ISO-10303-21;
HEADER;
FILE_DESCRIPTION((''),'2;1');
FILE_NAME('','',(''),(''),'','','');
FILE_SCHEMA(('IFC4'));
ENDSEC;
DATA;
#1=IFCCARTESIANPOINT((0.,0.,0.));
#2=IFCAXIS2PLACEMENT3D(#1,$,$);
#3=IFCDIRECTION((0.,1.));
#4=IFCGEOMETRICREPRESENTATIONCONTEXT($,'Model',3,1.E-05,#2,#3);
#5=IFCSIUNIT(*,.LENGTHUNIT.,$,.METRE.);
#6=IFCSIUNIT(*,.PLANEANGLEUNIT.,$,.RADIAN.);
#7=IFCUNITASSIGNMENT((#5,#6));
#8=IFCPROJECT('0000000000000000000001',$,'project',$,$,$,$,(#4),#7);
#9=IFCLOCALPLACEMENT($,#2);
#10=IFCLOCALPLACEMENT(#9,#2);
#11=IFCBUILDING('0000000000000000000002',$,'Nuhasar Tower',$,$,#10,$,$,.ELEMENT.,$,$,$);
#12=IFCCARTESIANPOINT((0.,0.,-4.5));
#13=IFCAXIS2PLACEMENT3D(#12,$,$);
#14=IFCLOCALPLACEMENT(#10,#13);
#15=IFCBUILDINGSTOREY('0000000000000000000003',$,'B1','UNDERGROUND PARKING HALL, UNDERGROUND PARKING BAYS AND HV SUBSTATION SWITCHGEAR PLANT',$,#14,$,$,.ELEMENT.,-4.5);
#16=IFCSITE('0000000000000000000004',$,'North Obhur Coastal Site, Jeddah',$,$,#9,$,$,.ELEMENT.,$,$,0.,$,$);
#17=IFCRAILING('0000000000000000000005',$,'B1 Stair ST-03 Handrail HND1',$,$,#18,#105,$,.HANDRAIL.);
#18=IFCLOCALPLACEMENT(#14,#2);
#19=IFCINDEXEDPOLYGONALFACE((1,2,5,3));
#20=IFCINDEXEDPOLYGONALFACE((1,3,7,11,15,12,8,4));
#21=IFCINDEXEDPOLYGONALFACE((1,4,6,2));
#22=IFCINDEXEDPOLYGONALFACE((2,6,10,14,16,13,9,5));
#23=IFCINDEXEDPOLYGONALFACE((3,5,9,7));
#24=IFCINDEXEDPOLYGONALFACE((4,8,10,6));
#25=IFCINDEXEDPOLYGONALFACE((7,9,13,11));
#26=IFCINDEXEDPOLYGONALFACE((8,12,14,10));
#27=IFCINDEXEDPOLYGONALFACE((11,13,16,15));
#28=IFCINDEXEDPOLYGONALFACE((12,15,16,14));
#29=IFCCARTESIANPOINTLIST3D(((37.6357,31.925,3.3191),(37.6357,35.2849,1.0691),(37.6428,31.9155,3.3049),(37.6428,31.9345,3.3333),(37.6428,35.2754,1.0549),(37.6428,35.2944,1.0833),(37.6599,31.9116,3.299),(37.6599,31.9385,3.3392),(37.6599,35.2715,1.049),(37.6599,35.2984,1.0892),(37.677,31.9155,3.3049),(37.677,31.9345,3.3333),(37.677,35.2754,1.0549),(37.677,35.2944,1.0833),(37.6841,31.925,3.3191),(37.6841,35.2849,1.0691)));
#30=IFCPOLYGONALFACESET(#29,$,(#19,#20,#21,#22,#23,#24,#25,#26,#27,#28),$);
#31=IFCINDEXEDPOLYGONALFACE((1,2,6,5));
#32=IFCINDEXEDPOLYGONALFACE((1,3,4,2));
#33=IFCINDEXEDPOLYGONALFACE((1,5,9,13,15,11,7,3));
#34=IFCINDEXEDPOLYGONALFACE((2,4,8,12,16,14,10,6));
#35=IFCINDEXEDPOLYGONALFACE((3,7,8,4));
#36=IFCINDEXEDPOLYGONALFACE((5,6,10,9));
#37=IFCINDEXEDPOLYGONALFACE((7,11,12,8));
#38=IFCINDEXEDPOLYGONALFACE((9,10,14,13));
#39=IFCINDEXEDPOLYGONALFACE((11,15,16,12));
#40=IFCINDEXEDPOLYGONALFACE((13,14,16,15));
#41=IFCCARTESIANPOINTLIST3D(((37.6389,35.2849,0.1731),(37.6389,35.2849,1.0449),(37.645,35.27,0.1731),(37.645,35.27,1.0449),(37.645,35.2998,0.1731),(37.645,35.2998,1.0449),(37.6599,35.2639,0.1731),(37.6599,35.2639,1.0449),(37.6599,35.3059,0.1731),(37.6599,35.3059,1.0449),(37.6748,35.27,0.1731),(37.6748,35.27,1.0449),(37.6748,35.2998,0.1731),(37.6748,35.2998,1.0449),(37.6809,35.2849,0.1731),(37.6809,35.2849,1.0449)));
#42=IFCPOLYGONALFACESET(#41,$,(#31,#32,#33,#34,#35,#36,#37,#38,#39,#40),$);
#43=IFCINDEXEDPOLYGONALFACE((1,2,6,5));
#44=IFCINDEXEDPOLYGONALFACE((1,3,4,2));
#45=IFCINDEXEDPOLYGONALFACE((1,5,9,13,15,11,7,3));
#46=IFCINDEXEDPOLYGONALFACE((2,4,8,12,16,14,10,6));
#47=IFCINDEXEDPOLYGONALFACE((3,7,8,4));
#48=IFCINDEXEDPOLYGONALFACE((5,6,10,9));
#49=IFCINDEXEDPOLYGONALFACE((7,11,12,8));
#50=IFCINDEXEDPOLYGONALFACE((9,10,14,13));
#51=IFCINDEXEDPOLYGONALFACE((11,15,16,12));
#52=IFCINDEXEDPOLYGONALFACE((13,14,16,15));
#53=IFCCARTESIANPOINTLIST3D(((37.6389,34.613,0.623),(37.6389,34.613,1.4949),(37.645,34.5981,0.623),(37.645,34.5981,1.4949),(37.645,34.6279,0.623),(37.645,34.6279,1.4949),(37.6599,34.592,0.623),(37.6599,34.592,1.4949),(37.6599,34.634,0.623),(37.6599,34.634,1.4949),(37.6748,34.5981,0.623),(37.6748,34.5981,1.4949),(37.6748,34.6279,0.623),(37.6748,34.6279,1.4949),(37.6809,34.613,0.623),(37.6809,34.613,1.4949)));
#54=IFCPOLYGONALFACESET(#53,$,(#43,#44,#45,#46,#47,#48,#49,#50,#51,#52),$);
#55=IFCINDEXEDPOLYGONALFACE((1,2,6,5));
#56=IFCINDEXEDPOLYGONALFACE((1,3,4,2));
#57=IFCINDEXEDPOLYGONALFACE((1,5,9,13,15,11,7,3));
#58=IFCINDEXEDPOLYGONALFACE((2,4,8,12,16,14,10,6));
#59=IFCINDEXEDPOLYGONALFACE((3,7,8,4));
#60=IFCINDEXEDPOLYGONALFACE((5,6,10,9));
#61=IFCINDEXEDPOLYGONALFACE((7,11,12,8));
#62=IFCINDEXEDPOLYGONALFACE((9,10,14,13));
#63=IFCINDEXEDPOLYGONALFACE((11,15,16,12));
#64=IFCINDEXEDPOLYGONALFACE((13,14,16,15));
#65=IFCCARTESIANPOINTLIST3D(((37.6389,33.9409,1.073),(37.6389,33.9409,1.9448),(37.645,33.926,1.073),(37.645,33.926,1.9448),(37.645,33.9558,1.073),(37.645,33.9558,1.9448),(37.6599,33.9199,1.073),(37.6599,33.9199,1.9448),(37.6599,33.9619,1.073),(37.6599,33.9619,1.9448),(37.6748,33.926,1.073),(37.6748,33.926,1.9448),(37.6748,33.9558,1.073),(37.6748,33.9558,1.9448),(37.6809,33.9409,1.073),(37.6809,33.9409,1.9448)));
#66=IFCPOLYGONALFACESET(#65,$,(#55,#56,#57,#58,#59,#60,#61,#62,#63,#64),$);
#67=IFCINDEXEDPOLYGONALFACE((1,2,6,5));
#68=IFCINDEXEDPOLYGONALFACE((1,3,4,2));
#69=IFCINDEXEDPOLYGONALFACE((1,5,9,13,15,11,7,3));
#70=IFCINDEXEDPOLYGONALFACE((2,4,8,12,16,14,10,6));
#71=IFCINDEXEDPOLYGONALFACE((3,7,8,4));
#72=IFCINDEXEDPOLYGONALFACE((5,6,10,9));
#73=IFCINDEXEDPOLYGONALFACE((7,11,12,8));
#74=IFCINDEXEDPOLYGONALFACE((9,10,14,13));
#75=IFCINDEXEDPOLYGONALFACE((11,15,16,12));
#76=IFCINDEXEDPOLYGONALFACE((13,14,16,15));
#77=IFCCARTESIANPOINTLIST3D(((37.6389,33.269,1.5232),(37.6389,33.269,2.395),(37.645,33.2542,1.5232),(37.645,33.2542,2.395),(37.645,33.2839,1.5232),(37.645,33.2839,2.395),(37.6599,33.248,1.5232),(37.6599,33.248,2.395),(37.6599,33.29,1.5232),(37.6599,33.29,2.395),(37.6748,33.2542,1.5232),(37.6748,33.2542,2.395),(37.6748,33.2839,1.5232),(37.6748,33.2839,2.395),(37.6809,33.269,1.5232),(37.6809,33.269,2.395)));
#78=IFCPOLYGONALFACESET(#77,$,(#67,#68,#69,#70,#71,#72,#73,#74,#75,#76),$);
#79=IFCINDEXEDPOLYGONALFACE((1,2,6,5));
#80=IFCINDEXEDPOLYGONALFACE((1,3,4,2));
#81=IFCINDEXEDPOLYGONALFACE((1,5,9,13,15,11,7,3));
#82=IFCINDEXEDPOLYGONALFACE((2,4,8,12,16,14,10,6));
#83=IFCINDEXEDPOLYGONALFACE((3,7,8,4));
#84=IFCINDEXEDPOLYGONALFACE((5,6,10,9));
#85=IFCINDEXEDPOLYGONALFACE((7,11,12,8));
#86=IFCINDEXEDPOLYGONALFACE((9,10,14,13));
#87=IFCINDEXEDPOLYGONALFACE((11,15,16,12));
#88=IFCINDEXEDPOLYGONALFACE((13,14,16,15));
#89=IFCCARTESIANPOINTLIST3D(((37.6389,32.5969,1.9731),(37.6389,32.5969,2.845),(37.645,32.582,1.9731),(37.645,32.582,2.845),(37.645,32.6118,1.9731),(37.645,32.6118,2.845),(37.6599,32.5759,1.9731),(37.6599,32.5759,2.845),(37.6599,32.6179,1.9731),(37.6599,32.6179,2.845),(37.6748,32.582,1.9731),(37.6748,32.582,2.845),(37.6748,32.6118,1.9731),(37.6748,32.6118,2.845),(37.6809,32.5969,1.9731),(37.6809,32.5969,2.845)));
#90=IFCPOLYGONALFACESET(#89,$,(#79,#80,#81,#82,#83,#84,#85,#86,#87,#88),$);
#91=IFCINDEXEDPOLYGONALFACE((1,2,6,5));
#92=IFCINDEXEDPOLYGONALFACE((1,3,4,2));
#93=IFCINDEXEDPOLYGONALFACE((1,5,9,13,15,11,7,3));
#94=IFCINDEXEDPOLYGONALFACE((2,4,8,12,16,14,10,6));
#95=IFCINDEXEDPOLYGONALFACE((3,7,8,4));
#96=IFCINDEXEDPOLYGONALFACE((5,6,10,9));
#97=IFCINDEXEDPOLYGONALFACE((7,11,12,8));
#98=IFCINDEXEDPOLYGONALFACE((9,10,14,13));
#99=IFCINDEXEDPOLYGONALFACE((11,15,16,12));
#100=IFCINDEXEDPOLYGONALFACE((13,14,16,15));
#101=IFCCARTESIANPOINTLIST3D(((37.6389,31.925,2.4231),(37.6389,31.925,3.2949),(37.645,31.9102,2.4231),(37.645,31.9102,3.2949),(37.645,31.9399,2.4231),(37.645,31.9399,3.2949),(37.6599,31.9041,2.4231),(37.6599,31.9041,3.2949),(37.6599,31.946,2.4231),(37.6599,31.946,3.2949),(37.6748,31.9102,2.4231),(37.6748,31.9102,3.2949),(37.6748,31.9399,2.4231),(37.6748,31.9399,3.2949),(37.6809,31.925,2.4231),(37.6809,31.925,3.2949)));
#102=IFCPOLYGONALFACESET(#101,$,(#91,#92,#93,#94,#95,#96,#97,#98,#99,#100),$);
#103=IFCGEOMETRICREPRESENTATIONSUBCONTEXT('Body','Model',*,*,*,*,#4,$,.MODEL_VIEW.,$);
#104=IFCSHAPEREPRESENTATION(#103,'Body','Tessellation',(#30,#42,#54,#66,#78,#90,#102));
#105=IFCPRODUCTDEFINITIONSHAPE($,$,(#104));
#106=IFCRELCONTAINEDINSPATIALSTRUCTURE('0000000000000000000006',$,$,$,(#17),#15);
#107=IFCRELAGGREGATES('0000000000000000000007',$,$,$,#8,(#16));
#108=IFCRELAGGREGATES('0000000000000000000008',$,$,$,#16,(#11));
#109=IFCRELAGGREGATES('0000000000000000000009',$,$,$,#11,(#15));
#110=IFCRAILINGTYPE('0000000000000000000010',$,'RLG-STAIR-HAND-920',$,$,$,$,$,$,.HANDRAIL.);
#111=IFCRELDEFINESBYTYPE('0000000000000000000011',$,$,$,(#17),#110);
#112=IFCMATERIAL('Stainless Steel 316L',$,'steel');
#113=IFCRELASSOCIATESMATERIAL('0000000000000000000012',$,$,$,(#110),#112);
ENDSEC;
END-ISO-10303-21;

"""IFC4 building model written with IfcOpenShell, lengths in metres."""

from ifc_helpers import new_model, si_unit, direction, frame, origin, place, context, subcontext, project, spatial, polyline, outline, extrude, material, type_object, element, save


model = new_model("IFC4")

# Units and contexts
model_context = context("Model", 3, precision=1e-05, world=origin(), true_north=direction((0.0, 1.0)))
body_context = subcontext(model_context, "Body", "Model", "MODEL_VIEW")
ifc_project = project(units=[si_unit("LENGTHUNIT", "METRE"), si_unit("PLANEANGLEUNIT", "RADIAN")], contexts=[model_context])

# Site, building, storey
site_placement = place(None, origin())
site = spatial("IfcSite", under=ifc_project, at=site_placement, Name="North Obhur Coastal Site, Jeddah", CompositionType="ELEMENT", RefElevation=0.0)
building_placement = place(site_placement, origin())
building = spatial("IfcBuilding", under=site, at=building_placement, Name="Nuhasar Tower", CompositionType="ELEMENT")
storey_placement = place(building_placement, frame((0.0, 0.0, -4.5)))
storey = spatial("IfcBuildingStorey", under=building, at=storey_placement, Name="B1", Description="UNDERGROUND PARKING HALL, UNDERGROUND PARKING BAYS AND HV SUBSTATION SWITCHGEAR PLANT", CompositionType="ELEMENT", Elevation=-4.5)

# Railing
ifc_material_1 = material(Name="Stainless Steel 316L", Category="steel")
railing_type_1 = type_object("IfcRailingType", Name="RLG-STAIR-HAND-920", PredefinedType="HANDRAIL", material=ifc_material_1)
railing_1_placement = place(storey_placement, frame((37.6599, 35.2849, 0.1731)))
element("IfcRailing", 1, at=railing_1_placement, inside=storey, type_object=railing_type_1, Name="B1 Stair ST-03 Handrail HND1", PredefinedType="HANDRAIL", context=body_context, shape_type="SweptSolid", body=[
    extrude(outline(polyline([(0.0242, 0.0), (0.0171, 0.0171), (0.0, 0.0242), (-0.0171, 0.0171), (-0.0242, 0.0), (-0.0171, -0.0171), (0.0, -0.0242), (0.0171, -0.0171), (0.0242, 0.0)])), frame((0.0, 0.0, 0.896), z_axis=(0.0, -0.830897, 0.556427), x_axis=(1.0, 0.0, 0.0)), (0.0, 0.0, 1.0), 4.0437),
    extrude(outline(polyline([(0.021, 0.0), (0.0149, 0.0149), (0.0, 0.021), (-0.0149, 0.0149), (-0.021, 0.0), (-0.0149, -0.0149), (0.0, -0.021), (0.0149, -0.0149), (0.021, 0.0)])), origin(), (0.0, 0.0, 1.0), 0.8718),
    extrude(outline(polyline([(0.021, 0.0), (0.0149, 0.0149), (0.0, 0.021), (-0.0149, 0.0149), (-0.021, 0.0), (-0.0149, -0.0149), (0.0, -0.021), (0.0149, -0.0149), (0.021, 0.0)])), frame((0.0, -0.6719, 0.45)), (0.0, 0.0, 1.0), 0.8718),
    extrude(outline(polyline([(0.021, 0.0), (0.0149, 0.0149), (0.0, 0.021), (-0.0149, 0.0149), (-0.021, 0.0), (-0.0149, -0.0149), (0.0, -0.021), (0.0149, -0.0149), (0.021, 0.0)])), frame((0.0, -1.344, 0.8999)), (0.0, 0.0, 1.0), 0.8718),
    extrude(outline(polyline([(0.021, 0.0), (0.0149, 0.0149), (0.0, 0.021), (-0.0149, 0.0149), (-0.021, 0.0), (-0.0149, -0.0149), (0.0, -0.021), (0.0149, -0.0149), (0.021, 0.0)])), frame((0.0, -2.0159, 1.3501)), (0.0, 0.0, 1.0), 0.8718),
    extrude(outline(polyline([(0.021, 0.0), (0.0149, 0.0149), (0.0, 0.021), (-0.0149, 0.0149), (-0.021, 0.0), (-0.0149, -0.0149), (0.0, -0.021), (0.0149, -0.0149), (0.021, 0.0)])), frame((0.0, -2.688, 1.8)), (0.0, 0.0, 1.0), 0.8718),
    extrude(outline(polyline([(0.021, 0.0), (0.0149, 0.0149), (0.0, 0.021), (-0.0149, 0.0149), (-0.021, 0.0), (-0.0149, -0.0149), (0.0, -0.021), (0.0149, -0.0149), (0.021, 0.0)])), frame((0.0, -3.3599, 2.25)), (0.0, 0.0, 1.0), 0.8718),
])

save(model, "model.ifc")
